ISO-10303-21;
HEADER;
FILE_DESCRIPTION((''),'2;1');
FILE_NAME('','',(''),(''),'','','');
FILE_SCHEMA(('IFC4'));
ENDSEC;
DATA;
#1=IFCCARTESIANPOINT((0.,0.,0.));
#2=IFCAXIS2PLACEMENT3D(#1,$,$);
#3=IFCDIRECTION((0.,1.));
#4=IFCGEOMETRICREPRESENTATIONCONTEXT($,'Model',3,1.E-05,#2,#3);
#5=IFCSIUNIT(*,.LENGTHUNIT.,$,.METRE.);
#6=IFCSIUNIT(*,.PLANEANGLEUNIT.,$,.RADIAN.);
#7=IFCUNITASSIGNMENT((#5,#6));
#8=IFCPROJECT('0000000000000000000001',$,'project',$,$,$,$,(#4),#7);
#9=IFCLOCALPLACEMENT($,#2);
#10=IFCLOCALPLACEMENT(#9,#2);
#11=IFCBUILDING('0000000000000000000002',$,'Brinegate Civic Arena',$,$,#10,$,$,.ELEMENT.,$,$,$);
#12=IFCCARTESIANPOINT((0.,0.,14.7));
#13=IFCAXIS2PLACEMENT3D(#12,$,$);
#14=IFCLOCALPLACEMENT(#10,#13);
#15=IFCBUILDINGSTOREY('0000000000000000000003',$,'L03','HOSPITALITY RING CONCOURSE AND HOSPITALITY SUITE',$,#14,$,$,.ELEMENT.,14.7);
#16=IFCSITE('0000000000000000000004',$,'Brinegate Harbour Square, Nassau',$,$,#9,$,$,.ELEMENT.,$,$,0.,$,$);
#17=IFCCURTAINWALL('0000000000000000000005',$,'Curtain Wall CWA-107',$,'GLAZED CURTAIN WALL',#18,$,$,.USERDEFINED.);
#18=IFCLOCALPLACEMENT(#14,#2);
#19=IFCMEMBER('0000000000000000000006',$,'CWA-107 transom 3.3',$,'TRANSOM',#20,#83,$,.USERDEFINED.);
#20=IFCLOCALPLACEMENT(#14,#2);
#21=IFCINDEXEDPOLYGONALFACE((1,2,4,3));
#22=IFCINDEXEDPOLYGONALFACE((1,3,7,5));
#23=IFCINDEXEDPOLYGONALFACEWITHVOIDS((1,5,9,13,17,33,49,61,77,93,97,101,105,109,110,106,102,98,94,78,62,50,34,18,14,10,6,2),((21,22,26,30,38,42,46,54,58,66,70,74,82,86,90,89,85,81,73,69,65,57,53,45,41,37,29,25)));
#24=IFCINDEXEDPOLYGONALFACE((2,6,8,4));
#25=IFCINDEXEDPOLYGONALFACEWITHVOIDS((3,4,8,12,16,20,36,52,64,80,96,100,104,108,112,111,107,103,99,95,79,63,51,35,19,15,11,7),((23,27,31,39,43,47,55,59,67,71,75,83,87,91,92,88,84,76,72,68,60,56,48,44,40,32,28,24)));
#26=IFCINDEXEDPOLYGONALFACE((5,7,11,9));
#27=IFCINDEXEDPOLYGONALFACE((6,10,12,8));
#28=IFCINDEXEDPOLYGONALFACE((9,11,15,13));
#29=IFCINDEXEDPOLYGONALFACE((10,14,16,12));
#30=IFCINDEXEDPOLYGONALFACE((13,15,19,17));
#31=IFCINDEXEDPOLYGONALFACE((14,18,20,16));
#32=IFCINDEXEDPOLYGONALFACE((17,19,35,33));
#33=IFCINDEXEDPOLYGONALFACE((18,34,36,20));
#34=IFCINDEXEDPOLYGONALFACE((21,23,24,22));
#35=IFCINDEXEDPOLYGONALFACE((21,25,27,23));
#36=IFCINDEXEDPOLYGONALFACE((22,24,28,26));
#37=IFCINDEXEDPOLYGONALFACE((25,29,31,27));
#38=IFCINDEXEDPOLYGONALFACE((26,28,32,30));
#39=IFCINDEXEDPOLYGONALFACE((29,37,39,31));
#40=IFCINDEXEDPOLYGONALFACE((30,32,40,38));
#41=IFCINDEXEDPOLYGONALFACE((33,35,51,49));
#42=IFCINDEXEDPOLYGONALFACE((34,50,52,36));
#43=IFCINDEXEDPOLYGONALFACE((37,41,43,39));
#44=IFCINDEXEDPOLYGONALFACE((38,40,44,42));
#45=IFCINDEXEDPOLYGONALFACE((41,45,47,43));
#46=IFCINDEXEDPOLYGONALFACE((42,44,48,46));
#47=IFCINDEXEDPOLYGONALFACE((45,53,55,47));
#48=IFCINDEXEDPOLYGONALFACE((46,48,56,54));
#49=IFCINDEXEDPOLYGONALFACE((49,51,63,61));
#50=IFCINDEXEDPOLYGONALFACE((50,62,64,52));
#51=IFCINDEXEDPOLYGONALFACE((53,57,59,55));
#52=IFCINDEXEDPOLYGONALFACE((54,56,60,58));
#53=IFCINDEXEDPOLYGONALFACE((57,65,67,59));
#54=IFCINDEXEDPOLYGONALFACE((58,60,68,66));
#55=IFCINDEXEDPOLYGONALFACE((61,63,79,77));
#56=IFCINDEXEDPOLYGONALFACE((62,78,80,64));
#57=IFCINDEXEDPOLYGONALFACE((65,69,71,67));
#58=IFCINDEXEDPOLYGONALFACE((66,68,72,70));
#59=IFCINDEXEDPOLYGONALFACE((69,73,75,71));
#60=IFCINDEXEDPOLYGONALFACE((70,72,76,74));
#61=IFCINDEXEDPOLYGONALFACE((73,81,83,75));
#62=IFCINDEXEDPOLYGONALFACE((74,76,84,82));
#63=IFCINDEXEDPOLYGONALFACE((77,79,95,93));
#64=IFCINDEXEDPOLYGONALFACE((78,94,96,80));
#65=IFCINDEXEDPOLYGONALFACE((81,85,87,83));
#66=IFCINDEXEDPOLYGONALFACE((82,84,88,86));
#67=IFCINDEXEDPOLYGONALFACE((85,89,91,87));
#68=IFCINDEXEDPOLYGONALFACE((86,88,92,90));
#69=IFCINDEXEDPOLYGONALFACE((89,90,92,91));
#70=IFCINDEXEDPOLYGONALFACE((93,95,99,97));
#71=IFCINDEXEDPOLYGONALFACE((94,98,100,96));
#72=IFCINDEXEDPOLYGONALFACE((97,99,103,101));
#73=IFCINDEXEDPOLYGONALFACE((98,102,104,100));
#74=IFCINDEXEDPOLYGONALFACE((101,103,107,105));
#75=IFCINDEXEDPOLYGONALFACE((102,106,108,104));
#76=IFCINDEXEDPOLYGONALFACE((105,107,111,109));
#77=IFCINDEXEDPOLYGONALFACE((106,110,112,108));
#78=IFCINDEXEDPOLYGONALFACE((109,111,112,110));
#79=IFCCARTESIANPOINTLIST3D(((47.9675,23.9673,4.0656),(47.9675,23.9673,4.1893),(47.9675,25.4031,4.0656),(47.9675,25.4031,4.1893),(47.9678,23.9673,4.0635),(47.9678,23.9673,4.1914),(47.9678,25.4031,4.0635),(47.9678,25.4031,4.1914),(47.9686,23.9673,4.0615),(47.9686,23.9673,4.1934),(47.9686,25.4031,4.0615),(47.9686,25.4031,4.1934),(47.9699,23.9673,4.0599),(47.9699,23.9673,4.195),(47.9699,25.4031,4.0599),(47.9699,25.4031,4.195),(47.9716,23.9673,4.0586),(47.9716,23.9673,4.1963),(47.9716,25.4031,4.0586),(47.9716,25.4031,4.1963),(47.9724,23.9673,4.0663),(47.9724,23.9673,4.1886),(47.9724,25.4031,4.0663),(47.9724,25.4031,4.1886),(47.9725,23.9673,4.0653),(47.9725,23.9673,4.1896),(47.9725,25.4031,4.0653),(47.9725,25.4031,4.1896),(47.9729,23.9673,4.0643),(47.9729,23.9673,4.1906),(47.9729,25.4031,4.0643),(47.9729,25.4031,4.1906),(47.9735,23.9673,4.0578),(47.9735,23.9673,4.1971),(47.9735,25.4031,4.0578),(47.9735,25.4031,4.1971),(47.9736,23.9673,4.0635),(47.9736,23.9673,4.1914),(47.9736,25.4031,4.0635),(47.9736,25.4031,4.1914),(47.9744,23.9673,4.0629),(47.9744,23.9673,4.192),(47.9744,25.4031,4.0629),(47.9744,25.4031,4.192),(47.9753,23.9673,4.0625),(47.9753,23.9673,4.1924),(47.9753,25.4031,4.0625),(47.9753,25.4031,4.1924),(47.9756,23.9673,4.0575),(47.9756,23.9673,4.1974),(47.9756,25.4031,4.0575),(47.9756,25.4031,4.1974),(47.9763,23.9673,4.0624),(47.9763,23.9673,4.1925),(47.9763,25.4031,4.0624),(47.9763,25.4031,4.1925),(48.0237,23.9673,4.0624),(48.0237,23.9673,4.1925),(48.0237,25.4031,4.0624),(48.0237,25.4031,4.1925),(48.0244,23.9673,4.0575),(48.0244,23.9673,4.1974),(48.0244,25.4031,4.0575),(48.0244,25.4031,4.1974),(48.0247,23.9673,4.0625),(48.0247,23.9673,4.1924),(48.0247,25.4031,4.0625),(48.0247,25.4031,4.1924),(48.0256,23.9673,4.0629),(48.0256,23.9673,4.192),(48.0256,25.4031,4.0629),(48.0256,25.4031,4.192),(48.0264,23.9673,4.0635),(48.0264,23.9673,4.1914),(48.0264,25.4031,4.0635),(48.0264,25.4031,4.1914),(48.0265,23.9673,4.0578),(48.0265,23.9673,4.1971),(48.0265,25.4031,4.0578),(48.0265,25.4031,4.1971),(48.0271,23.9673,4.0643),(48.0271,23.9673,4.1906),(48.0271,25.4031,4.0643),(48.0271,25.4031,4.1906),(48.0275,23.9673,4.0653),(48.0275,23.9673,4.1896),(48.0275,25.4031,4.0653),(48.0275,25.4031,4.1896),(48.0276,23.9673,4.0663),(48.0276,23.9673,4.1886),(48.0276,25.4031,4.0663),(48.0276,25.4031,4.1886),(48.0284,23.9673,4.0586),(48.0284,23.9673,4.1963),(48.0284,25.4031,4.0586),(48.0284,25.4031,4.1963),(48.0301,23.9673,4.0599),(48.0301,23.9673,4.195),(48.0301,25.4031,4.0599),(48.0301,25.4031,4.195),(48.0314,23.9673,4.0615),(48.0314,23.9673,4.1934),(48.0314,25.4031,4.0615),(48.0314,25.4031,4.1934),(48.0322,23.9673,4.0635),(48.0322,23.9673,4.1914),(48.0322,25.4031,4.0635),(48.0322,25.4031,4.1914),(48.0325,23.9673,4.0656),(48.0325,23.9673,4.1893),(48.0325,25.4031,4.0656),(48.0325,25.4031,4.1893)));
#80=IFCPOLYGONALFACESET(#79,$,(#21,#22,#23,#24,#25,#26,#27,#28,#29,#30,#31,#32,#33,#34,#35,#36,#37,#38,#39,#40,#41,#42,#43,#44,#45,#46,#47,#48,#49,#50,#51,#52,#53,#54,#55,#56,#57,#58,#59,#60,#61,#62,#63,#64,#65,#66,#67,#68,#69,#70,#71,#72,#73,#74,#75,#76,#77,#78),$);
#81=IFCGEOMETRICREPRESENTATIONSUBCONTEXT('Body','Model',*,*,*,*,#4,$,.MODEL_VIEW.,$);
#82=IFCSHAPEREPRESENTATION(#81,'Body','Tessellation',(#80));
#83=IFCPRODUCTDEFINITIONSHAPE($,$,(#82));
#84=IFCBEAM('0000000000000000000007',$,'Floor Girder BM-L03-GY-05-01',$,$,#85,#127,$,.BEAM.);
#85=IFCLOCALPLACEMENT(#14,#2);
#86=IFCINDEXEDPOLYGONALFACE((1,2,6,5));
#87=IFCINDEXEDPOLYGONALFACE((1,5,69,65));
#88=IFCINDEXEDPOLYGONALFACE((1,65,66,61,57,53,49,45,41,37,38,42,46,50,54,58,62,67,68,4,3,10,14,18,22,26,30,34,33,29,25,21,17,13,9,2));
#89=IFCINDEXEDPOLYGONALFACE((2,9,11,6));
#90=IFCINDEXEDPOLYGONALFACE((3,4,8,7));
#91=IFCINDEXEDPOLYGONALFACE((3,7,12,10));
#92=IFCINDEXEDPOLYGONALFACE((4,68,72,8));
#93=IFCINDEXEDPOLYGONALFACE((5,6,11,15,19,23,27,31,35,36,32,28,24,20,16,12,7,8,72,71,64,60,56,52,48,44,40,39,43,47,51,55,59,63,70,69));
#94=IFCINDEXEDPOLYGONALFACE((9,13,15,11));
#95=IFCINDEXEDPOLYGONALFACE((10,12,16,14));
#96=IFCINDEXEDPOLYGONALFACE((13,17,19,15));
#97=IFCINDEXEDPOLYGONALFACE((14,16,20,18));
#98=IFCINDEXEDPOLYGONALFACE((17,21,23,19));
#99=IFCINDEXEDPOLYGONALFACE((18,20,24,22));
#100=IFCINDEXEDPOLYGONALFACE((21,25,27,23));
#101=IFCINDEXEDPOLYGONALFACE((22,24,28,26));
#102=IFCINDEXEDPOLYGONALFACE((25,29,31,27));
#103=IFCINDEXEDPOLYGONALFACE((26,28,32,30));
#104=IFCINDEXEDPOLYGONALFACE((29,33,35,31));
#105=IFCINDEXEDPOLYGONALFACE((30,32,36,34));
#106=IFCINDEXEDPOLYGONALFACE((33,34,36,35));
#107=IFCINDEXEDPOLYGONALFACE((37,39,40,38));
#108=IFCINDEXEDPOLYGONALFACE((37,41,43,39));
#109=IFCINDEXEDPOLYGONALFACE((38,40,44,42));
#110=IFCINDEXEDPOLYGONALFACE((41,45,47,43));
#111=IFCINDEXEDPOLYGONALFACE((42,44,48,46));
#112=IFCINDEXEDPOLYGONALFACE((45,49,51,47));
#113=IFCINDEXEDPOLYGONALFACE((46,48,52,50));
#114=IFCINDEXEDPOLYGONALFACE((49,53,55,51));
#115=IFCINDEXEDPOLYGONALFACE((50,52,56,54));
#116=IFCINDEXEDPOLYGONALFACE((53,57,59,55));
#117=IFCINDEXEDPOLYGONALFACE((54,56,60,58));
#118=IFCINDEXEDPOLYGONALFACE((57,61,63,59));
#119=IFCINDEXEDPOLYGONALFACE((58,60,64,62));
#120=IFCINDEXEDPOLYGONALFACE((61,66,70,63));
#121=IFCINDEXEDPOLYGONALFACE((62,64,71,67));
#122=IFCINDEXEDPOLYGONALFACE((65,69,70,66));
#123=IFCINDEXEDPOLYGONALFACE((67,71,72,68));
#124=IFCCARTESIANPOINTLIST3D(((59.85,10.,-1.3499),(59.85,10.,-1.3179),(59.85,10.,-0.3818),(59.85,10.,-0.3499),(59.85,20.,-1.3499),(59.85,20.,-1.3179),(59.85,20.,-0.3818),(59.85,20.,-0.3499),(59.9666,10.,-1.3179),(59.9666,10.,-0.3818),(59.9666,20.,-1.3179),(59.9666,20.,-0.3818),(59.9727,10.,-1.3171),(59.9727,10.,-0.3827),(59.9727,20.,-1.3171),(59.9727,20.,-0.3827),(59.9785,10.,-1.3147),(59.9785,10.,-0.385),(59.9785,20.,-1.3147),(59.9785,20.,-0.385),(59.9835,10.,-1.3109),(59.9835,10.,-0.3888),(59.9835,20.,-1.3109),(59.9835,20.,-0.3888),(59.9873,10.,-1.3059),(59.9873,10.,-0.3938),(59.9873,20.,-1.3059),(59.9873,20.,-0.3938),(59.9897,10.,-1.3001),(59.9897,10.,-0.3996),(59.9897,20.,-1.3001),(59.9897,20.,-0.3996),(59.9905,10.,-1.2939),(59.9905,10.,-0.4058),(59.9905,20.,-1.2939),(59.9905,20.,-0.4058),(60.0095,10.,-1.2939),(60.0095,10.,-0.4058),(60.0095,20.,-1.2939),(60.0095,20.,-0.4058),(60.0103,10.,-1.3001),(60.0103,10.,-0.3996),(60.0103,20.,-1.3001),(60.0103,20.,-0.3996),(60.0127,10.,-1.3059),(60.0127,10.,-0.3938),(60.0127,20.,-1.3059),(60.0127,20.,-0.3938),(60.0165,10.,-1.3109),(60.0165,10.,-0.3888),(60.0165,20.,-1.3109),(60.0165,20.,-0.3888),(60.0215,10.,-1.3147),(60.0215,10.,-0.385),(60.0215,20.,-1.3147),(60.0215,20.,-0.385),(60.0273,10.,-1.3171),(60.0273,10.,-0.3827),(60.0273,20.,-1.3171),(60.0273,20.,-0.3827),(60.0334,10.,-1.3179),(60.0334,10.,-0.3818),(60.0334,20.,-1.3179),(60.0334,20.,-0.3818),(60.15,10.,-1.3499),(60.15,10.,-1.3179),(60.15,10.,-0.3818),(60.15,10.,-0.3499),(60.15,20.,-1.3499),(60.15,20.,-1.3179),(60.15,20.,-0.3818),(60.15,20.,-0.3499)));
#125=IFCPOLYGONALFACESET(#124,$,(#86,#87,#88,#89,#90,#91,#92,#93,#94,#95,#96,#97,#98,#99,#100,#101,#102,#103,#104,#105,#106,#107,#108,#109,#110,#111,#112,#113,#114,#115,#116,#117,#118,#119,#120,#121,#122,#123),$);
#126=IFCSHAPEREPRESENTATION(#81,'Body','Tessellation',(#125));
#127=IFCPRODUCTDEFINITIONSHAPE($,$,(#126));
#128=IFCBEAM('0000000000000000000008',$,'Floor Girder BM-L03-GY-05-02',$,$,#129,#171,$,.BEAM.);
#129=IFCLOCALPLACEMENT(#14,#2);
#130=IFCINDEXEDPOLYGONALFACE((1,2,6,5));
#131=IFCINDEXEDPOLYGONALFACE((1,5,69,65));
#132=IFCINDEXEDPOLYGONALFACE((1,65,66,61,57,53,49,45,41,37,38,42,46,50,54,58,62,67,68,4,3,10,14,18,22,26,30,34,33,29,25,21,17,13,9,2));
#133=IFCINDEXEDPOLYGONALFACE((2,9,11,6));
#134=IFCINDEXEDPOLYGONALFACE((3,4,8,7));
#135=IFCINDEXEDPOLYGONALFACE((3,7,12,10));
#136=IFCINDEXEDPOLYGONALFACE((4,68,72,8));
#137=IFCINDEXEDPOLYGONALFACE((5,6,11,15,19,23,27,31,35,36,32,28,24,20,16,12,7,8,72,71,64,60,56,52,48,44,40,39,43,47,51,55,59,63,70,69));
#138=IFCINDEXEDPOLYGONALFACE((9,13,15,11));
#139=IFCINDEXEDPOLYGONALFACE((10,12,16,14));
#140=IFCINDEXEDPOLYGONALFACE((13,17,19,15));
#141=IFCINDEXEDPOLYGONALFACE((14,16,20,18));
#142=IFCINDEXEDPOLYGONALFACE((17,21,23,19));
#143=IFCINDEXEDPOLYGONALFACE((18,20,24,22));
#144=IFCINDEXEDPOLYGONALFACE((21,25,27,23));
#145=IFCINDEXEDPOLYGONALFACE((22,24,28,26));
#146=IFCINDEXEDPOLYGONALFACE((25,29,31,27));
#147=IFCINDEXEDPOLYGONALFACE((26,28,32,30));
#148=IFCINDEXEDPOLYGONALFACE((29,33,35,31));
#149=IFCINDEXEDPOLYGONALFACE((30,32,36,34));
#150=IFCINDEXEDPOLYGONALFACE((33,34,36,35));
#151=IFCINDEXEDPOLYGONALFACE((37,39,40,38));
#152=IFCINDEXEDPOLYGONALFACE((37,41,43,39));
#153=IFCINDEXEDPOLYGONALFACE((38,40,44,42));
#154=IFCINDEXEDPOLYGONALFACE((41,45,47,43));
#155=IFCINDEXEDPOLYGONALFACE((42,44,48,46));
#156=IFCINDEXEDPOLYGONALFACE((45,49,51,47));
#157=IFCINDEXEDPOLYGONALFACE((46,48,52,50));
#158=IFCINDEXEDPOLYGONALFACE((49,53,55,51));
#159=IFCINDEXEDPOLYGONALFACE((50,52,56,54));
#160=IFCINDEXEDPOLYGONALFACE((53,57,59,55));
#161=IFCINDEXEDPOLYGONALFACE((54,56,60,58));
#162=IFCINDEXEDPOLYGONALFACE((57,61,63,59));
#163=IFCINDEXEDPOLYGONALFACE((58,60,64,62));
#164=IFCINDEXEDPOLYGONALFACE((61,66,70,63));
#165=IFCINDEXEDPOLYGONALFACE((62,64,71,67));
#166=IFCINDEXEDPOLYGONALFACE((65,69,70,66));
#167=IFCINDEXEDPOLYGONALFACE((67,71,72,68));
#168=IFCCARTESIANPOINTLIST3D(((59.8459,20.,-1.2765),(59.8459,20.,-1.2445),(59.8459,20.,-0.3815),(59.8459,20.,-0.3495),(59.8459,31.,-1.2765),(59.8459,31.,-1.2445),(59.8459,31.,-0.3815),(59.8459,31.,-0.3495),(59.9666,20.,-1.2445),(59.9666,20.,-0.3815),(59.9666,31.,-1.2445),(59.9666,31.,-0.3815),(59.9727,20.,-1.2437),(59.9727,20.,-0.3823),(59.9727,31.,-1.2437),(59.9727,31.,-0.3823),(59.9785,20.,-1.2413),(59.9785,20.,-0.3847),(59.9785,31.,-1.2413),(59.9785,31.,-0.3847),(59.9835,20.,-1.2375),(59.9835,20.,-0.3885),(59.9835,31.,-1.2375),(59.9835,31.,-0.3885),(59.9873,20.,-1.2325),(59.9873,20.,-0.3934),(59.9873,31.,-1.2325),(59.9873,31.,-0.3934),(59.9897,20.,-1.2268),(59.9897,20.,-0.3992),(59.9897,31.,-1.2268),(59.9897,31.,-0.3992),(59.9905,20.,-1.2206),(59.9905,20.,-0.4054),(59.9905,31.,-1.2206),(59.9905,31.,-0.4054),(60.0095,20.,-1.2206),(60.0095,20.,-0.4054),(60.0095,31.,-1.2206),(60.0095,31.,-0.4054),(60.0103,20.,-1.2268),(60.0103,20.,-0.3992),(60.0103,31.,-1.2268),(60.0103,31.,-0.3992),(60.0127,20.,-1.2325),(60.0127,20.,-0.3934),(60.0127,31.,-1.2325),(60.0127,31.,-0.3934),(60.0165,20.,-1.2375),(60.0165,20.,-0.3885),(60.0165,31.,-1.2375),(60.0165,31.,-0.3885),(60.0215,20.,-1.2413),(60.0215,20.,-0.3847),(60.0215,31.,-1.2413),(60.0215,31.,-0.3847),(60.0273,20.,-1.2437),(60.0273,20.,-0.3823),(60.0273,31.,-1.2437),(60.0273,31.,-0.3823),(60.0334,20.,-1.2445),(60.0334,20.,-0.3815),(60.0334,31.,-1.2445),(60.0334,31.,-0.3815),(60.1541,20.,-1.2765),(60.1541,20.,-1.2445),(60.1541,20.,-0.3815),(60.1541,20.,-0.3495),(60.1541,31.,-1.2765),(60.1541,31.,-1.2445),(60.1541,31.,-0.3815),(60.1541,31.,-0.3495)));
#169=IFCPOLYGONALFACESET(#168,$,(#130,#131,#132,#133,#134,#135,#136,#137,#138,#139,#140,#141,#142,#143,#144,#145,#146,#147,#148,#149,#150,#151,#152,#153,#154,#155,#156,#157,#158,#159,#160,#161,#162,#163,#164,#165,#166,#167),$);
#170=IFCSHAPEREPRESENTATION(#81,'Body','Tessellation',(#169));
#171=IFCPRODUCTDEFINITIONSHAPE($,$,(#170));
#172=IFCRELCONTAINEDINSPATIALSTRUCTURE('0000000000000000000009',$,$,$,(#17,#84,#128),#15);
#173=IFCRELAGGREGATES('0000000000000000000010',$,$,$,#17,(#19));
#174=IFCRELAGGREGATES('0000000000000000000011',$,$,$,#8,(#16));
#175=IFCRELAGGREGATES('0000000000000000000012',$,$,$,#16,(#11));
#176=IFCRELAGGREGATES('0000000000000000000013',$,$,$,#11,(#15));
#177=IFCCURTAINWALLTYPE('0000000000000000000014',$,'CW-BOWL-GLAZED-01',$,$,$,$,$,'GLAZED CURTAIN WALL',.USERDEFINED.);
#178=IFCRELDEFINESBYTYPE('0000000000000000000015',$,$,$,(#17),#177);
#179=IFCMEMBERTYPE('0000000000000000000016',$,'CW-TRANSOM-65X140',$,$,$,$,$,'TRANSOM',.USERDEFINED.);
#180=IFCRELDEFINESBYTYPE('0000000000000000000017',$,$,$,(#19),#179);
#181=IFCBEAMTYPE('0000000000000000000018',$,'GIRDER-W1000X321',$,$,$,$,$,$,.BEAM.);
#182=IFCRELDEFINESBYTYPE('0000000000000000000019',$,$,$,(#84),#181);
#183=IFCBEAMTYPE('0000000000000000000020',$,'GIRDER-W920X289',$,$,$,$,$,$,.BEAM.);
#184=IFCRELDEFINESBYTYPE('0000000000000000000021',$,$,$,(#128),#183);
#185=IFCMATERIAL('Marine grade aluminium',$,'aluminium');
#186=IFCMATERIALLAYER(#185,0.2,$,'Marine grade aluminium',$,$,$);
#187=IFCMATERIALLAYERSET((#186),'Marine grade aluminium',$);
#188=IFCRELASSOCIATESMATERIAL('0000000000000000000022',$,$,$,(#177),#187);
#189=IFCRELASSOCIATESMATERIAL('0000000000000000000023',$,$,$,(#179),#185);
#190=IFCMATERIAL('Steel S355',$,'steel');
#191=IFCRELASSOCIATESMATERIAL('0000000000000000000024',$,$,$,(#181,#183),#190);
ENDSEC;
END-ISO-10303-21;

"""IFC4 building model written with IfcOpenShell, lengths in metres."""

from ifc_helpers import new_model, si_unit, direction, frame, origin, origin_2d, place, context, subcontext, project, spatial, hollow_rectangle, i_section, extrude, material, layer, layer_set, material_profile, profile_set, type_object, element, aggregate, save


model = new_model("IFC4")

# Units and contexts
model_context = context("Model", 3, precision=1e-05, world=origin(), true_north=direction((0.0, 1.0)))
body_context = subcontext(model_context, "Body", "Model", "MODEL_VIEW")
ifc_project = project(units=[si_unit("LENGTHUNIT", "METRE"), si_unit("PLANEANGLEUNIT", "RADIAN")], contexts=[model_context])

# Site, building, storey
site_placement = place(None, origin())
site = spatial("IfcSite", under=ifc_project, at=site_placement, Name="Brinegate Harbour Square, Nassau", CompositionType="ELEMENT", RefElevation=0.0)
building_placement = place(site_placement, origin())
building = spatial("IfcBuilding", under=site, at=building_placement, Name="Brinegate Civic Arena", CompositionType="ELEMENT")
storey_placement = place(building_placement, frame((0.0, 0.0, 14.7)))
storey = spatial("IfcBuildingStorey", under=building, at=storey_placement, Name="L03", Description="HOSPITALITY RING CONCOURSE AND HOSPITALITY SUITE", CompositionType="ELEMENT", Elevation=14.7)

# Curtain wall, member
ifc_material_1 = material(Name="Marine grade aluminium", Category="aluminium")
ifc_layer_1 = layer(ifc_material_1, 0.2, Name="Marine grade aluminium")
ifc_layer_set_1 = layer_set([ifc_layer_1], Name="Marine grade aluminium")
curtain_wall_type = type_object("IfcCurtainWallType", Name="CW-BOWL-GLAZED-01", ElementType="GLAZED CURTAIN WALL", PredefinedType="USERDEFINED", material=ifc_layer_set_1)
curtain_wall_placement = place(storey_placement, origin())
curtain_wall = element("IfcCurtainWall", 1, at=curtain_wall_placement, inside=storey, type_object=curtain_wall_type, Name="Curtain Wall CWA-107", ObjectType="GLAZED CURTAIN WALL", PredefinedType="USERDEFINED")
ifc_material_profile_1 = material_profile(ifc_material_1, hollow_rectangle(XDim=0.0649, YDim=0.1399, WallThickness=0.0049, InnerFilletRadius=0.0039, OuterFilletRadius=0.0081, at=origin_2d()), Name="TRN65X140")
ifc_profile_set_1 = profile_set([ifc_material_profile_1], Name="Marine grade aluminium")
member_type_1 = type_object("IfcMemberType", Name="CW-TRANSOM-65X140", ElementType="TRANSOM", PredefinedType="USERDEFINED", material=ifc_profile_set_1)
member_1_placement = place(storey_placement, frame((48.0, 23.9673, 4.1274), z_axis=(0.0, 1.0, 0.0), x_axis=(-1.0, 0.0, 0.0)))
member_1 = element("IfcMember", 2, at=member_1_placement, type_object=member_type_1, Name="CWA-107 transom 3.3", ObjectType="TRANSOM", PredefinedType="USERDEFINED", context=body_context, shape_type="SweptSolid", body=[
    extrude(hollow_rectangle(XDim=0.0649, YDim=0.1399, WallThickness=0.0049, InnerFilletRadius=0.0039, OuterFilletRadius=0.0081, at=origin_2d()), origin(), (0.0, 0.0, 1.0), 1.4358),
])

# Beams
ifc_material_2 = material(Name="Steel S355", Category="steel")
ifc_material_profile_2 = material_profile(ifc_material_2, i_section(OverallWidth=0.3, OverallDepth=1.0, WebThickness=0.019, FlangeThickness=0.032, FilletRadius=0.0239, at=origin_2d()), Name="W1000X321")
ifc_profile_set_2 = profile_set([ifc_material_profile_2], Name="Steel S355")
beam_type_1 = type_object("IfcBeamType", Name="GIRDER-W1000X321", PredefinedType="BEAM", material=ifc_profile_set_2)
beam_1_placement = place(storey_placement, frame((60.0, 10.0, -0.8499), z_axis=(0.0, 1.0, 0.0), x_axis=(-1.0, 0.0, 0.0)))
element("IfcBeam", 3, at=beam_1_placement, inside=storey, type_object=beam_type_1, Name="Floor Girder BM-L03-GY-05-01", PredefinedType="BEAM", context=body_context, shape_type="SweptSolid", body=[
    extrude(i_section(OverallWidth=0.3, OverallDepth=1.0, WebThickness=0.019, FlangeThickness=0.032, FilletRadius=0.0239, at=origin_2d()), origin(), (0.0, 0.0, 1.0), 10.0),
])
ifc_material_profile_3 = material_profile(ifc_material_2, i_section(OverallWidth=0.3081, OverallDepth=0.927, WebThickness=0.019, FlangeThickness=0.032, FilletRadius=0.0239, at=origin_2d()), Name="W920X289")
ifc_profile_set_3 = profile_set([ifc_material_profile_3], Name="Steel S355")
beam_type_2 = type_object("IfcBeamType", Name="GIRDER-W920X289", PredefinedType="BEAM", material=ifc_profile_set_3)
beam_2_placement = place(storey_placement, frame((60.0, 20.0, -0.813), z_axis=(0.0, 1.0, 0.0), x_axis=(-1.0, 0.0, 0.0)))
element("IfcBeam", 4, at=beam_2_placement, inside=storey, type_object=beam_type_2, Name="Floor Girder BM-L03-GY-05-02", PredefinedType="BEAM", context=body_context, shape_type="SweptSolid", body=[
    extrude(i_section(OverallWidth=0.3081, OverallDepth=0.927, WebThickness=0.019, FlangeThickness=0.032, FilletRadius=0.0239, at=origin_2d()), origin(), (0.0, 0.0, 1.0), 11.0),
])

aggregate(curtain_wall, [member_1])

save(model, "model.ifc")
